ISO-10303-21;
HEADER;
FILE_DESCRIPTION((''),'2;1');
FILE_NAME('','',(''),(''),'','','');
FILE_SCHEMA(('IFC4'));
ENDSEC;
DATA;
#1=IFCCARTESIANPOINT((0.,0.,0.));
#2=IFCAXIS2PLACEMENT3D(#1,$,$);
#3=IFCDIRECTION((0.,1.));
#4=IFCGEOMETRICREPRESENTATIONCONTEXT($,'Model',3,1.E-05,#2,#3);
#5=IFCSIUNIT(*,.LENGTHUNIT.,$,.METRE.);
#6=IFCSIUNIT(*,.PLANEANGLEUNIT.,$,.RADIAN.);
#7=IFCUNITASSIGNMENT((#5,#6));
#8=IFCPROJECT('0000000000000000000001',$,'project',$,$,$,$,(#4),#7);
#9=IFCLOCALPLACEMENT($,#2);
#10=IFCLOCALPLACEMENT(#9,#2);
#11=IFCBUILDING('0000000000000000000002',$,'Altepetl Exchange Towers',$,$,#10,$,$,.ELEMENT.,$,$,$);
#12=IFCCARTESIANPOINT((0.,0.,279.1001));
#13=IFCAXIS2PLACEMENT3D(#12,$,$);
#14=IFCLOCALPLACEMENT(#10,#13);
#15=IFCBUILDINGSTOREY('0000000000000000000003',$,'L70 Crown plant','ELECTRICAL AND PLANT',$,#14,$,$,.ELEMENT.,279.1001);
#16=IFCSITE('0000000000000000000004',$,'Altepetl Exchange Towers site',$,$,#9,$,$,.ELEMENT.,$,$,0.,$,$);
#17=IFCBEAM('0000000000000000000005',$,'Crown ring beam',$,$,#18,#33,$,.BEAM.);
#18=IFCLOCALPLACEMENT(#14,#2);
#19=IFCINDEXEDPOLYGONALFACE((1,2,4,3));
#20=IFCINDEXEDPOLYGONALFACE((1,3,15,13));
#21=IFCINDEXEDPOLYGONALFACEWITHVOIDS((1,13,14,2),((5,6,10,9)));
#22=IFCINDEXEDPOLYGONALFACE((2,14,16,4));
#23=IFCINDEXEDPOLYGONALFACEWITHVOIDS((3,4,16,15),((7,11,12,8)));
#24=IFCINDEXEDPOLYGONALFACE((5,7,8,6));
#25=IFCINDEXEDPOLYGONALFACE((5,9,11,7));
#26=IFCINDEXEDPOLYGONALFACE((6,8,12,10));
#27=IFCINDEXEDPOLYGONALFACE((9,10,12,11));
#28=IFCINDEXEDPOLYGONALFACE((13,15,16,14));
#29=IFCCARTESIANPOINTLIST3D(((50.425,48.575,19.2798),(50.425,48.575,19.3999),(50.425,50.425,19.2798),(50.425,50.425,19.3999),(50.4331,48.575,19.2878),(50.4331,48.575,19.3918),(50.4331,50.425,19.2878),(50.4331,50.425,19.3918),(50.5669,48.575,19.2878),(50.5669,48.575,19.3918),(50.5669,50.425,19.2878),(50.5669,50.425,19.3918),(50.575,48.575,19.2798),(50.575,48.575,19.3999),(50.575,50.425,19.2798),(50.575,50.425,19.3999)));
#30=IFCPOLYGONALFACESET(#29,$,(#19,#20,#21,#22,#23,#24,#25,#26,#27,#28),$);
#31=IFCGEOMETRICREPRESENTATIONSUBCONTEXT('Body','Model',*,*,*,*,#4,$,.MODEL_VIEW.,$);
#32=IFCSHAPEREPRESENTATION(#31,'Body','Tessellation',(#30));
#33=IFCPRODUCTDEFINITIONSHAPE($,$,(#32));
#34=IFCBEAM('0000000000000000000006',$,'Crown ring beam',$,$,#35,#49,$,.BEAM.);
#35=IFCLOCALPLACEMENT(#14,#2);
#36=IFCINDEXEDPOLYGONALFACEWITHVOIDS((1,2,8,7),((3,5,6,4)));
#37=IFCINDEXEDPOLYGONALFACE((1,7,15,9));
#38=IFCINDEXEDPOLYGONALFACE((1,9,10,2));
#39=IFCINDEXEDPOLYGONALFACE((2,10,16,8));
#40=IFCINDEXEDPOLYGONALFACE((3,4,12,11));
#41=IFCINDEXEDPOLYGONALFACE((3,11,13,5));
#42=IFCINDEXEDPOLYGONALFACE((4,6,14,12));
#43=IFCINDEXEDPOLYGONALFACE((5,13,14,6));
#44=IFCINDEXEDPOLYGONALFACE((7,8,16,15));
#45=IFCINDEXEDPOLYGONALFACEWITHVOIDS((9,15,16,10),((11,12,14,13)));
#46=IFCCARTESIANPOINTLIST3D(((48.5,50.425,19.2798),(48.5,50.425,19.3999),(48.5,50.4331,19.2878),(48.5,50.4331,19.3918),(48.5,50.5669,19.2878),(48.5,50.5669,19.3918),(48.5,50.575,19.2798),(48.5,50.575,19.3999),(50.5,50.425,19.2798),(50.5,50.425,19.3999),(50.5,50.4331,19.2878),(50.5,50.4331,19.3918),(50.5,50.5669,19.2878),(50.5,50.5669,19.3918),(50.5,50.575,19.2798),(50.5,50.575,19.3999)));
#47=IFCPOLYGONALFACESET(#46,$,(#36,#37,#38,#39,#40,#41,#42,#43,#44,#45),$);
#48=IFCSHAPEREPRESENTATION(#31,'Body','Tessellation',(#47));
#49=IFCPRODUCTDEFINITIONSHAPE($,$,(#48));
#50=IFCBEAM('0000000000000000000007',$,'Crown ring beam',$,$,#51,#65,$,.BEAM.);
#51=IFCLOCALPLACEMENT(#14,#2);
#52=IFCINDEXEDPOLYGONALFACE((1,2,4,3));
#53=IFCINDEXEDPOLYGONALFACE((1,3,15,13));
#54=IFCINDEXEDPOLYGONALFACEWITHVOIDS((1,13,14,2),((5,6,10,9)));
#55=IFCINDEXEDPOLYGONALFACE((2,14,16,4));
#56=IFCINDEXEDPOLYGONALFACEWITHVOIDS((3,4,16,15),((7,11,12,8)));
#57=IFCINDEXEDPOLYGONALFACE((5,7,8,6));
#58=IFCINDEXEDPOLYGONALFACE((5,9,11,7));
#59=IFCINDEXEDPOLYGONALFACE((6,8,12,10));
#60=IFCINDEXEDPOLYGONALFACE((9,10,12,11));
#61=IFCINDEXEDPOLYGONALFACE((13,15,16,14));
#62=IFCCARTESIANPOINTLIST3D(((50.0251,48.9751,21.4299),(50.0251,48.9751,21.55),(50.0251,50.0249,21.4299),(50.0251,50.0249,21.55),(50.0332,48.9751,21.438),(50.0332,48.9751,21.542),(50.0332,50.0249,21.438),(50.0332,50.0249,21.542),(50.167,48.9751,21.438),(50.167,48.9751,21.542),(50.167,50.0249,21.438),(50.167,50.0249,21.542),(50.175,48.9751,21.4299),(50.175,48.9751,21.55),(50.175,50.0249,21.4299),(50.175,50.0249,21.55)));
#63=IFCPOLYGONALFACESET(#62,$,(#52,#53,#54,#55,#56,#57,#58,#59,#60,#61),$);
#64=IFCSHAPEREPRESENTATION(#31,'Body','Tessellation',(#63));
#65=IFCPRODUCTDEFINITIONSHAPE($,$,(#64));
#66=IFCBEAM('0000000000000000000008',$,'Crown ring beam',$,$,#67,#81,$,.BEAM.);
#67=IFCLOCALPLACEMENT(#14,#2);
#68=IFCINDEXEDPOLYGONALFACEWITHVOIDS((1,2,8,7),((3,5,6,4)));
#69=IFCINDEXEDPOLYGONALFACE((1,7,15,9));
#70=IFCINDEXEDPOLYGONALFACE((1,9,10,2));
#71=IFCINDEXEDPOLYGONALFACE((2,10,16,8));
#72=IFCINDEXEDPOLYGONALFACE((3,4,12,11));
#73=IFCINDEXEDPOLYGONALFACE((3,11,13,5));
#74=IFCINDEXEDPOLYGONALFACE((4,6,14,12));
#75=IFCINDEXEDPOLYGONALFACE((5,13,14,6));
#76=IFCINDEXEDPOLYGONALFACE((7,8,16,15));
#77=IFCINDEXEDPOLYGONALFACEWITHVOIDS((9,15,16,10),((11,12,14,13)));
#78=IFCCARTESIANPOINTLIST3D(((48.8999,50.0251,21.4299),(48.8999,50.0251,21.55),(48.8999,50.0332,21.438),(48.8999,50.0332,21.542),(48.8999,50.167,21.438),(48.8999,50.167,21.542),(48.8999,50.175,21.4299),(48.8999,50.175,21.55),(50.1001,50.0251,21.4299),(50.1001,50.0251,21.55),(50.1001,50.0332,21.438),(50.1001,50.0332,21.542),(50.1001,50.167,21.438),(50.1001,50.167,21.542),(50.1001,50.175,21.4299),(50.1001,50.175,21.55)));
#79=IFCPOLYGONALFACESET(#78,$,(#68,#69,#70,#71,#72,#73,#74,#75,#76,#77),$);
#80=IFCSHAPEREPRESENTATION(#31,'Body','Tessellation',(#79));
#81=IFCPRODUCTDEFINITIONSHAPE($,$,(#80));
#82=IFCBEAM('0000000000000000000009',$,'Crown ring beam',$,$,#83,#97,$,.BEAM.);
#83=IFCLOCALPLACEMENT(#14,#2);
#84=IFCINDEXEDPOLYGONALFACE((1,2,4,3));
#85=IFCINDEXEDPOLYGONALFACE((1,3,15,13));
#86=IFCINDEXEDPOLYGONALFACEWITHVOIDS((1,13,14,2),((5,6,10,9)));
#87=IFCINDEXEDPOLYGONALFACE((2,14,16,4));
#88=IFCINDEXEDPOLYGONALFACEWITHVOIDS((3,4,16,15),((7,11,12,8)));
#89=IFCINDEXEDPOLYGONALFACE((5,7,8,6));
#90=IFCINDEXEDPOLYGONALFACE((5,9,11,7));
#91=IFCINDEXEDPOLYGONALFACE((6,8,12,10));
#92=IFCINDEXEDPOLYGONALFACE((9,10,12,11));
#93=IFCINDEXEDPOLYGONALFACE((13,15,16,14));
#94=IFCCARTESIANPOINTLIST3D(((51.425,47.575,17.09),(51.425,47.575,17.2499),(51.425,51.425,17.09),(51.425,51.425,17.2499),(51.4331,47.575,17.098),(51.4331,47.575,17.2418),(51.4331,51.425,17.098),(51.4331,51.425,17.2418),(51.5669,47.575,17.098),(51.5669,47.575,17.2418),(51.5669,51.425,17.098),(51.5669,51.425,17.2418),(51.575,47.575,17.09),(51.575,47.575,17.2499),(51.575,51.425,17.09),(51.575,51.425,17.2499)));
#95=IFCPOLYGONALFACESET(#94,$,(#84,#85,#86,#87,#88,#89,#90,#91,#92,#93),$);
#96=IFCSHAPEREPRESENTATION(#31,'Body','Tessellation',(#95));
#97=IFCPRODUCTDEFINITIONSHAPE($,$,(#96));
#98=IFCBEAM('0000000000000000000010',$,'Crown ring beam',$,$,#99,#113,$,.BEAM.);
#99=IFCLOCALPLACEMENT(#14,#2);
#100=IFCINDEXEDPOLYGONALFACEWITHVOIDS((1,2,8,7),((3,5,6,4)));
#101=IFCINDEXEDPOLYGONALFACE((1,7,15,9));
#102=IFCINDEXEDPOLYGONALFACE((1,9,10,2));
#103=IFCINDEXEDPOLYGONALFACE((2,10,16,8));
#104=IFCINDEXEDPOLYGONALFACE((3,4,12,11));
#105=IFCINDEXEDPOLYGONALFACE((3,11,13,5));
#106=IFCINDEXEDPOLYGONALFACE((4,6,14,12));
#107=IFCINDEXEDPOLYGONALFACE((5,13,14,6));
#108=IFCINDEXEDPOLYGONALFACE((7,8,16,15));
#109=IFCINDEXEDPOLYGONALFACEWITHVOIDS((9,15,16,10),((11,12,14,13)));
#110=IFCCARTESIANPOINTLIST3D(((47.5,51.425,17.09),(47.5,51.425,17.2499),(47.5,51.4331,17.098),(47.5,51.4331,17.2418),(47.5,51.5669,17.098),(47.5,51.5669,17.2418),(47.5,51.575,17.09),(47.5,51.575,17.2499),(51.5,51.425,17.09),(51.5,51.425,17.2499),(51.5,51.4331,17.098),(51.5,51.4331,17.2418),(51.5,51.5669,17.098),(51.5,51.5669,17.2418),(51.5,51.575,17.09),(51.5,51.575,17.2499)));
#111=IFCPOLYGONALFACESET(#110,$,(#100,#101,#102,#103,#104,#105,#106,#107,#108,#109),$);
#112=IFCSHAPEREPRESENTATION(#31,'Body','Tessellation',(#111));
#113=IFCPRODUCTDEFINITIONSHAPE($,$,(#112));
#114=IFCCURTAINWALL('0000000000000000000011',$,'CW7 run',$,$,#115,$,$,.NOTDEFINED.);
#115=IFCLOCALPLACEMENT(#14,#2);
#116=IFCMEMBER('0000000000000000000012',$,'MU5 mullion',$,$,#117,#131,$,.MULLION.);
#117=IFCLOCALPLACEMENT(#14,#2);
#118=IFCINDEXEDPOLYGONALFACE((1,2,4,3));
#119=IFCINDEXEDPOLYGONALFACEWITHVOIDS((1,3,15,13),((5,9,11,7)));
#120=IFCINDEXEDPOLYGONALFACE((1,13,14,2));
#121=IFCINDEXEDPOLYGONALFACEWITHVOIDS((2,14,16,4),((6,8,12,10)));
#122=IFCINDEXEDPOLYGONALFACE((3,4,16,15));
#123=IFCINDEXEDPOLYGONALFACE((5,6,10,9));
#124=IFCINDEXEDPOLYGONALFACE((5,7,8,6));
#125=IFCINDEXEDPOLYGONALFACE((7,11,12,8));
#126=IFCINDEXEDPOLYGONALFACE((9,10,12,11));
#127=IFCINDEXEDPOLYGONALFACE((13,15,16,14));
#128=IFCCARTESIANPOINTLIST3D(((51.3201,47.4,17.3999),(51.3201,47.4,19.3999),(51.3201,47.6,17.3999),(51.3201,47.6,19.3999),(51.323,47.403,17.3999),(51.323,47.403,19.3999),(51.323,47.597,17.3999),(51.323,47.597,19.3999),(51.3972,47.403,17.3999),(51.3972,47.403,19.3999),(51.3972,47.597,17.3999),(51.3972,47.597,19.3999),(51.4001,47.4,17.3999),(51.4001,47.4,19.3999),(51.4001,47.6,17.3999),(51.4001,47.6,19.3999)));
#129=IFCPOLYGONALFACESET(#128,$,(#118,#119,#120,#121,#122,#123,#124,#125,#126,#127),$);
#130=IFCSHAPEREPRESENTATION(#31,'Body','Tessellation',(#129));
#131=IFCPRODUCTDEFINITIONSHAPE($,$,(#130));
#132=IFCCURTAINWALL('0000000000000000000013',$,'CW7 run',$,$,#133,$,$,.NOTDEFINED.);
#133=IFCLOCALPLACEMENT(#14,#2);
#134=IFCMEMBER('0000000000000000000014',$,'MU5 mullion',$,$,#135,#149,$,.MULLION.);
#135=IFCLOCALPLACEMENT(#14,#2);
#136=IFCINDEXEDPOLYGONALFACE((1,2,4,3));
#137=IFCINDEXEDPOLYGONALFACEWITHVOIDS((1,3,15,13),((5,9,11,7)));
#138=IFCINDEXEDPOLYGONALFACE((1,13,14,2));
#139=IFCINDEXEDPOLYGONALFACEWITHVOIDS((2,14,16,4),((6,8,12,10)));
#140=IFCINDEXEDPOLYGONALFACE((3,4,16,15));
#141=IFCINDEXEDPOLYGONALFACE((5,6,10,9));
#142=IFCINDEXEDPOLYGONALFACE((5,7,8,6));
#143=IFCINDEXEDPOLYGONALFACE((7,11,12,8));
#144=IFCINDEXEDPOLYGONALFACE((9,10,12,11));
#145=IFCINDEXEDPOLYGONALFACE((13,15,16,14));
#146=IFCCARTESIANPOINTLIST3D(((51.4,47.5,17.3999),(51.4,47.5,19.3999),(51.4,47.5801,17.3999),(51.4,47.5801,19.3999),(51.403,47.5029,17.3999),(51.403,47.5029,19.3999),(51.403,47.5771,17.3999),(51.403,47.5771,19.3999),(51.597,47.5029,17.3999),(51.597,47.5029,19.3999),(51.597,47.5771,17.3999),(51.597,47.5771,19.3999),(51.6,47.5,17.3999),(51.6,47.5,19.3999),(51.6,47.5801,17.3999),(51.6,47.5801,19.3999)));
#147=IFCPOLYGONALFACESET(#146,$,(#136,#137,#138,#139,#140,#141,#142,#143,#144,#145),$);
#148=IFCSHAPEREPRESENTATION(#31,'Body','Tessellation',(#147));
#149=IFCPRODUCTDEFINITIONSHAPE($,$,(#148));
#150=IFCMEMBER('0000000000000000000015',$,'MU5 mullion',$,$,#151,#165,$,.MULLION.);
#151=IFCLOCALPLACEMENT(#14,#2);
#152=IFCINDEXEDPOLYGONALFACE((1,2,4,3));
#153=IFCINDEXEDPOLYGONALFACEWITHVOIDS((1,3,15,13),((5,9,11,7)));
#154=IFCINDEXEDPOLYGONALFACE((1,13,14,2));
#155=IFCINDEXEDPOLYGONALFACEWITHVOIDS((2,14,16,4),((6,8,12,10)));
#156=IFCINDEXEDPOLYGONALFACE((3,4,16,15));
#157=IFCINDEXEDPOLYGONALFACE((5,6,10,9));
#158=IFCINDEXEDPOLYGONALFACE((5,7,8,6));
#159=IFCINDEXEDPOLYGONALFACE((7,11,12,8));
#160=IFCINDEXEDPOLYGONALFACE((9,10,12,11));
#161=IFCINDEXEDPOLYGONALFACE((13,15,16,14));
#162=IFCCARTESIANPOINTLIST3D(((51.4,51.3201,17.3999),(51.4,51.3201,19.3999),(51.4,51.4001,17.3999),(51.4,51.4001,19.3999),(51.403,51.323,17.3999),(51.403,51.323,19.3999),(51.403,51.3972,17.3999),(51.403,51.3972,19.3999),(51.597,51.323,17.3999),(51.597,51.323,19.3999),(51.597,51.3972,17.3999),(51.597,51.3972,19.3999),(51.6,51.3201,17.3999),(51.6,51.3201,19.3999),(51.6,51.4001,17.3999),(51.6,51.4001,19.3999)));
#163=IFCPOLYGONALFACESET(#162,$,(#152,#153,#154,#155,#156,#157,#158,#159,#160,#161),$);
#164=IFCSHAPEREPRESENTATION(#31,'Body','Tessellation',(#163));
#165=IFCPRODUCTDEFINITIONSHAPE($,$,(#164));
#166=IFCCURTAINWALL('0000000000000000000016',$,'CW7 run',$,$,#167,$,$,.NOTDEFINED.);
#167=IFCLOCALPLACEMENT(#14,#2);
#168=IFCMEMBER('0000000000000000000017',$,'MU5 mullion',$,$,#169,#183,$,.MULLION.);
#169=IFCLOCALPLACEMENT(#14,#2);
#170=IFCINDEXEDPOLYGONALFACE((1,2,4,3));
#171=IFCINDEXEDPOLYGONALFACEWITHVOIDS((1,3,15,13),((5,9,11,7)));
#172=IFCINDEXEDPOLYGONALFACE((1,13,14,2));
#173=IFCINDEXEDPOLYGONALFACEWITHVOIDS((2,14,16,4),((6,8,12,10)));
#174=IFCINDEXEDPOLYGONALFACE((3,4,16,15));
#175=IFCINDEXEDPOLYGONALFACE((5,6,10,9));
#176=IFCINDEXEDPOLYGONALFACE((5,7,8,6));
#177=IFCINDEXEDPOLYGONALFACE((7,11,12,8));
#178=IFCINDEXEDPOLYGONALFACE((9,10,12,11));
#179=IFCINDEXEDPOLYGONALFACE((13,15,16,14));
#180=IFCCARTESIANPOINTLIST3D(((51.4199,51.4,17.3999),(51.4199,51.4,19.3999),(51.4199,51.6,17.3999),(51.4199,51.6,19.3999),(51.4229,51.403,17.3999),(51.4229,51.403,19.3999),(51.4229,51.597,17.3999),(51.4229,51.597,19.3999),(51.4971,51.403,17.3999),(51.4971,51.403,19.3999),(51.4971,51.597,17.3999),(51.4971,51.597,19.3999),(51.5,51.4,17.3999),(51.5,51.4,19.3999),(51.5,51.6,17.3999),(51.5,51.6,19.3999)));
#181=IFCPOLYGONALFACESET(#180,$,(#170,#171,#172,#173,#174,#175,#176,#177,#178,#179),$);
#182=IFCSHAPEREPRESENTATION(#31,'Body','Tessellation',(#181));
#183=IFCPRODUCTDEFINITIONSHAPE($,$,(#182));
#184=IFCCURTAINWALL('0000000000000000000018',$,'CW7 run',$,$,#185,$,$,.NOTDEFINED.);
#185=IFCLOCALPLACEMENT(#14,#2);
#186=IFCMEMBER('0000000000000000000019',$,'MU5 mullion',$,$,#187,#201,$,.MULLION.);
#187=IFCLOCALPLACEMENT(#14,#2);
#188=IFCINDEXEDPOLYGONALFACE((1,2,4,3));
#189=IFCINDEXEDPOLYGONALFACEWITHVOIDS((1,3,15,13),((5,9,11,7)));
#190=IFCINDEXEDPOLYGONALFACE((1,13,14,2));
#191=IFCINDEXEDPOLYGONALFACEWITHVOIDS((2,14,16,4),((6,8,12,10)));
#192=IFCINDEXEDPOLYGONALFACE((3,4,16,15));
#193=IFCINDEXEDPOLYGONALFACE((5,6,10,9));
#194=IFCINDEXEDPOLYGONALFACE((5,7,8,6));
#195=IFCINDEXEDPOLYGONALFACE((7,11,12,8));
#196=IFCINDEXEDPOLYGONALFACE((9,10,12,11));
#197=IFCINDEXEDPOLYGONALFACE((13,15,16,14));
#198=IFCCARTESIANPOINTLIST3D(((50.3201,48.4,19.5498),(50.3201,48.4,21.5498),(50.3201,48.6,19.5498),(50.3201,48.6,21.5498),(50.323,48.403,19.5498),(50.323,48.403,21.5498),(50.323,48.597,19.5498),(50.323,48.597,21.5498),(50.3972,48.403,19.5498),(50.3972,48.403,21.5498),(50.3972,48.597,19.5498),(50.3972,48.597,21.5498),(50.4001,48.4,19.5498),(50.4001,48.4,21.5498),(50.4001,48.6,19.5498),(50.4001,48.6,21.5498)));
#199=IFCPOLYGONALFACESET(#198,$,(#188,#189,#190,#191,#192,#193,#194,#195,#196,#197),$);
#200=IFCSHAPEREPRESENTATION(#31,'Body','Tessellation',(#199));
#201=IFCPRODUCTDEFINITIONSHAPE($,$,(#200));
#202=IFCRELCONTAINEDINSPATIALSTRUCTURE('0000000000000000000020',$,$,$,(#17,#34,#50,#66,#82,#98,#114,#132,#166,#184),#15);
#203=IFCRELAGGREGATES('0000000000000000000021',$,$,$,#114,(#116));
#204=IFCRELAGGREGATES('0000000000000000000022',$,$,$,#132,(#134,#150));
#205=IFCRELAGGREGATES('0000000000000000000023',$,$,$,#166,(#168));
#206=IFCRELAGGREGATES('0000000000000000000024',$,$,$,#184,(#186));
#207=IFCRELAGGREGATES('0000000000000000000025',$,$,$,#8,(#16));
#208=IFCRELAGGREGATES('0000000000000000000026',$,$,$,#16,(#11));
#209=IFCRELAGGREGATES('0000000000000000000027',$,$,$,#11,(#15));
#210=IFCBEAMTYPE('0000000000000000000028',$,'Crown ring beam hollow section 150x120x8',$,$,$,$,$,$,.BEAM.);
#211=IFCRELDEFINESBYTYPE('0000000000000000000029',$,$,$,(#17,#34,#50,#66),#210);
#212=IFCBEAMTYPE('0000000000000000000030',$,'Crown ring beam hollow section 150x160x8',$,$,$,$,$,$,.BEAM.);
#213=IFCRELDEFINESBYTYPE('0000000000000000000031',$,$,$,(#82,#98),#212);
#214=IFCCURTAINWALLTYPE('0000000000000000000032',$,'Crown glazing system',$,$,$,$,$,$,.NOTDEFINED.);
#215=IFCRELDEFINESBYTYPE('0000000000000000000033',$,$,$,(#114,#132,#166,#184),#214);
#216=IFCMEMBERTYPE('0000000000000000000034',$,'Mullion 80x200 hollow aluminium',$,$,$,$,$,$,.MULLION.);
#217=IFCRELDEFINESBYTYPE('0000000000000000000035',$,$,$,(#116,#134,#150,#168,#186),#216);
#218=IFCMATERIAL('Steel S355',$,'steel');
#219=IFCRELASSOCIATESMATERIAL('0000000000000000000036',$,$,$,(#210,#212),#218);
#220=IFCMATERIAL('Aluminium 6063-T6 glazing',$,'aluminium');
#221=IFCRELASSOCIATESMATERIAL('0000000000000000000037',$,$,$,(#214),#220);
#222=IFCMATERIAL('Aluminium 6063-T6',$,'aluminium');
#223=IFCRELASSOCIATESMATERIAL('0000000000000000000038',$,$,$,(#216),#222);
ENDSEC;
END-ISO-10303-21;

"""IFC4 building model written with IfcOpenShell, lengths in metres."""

from ifc_helpers import new_model, si_unit, direction, frame, origin, origin_2d, place, context, subcontext, project, spatial, hollow_rectangle, extrude, material, material_profile, profile_set, type_object, element, aggregate, save


model = new_model("IFC4")

# Units and contexts
model_context = context("Model", 3, precision=1e-05, world=origin(), true_north=direction((0.0, 1.0)))
body_context = subcontext(model_context, "Body", "Model", "MODEL_VIEW")
ifc_project = project(units=[si_unit("LENGTHUNIT", "METRE"), si_unit("PLANEANGLEUNIT", "RADIAN")], contexts=[model_context])

# Site, building, storey
site_placement = place(None, origin())
site = spatial("IfcSite", under=ifc_project, at=site_placement, Name="Altepetl Exchange Towers site", CompositionType="ELEMENT", RefElevation=0.0)
building_placement = place(site_placement, origin())
building = spatial("IfcBuilding", under=site, at=building_placement, Name="Altepetl Exchange Towers", CompositionType="ELEMENT")
storey_placement = place(building_placement, frame((0.0, 0.0, 279.1001)))
storey = spatial("IfcBuildingStorey", under=building, at=storey_placement, Name="L70 Crown plant", Description="ELECTRICAL AND PLANT", CompositionType="ELEMENT", Elevation=279.1001)

# Beams
ifc_material_1 = material(Name="Steel S355", Category="steel")
ifc_material_profile_1 = material_profile(ifc_material_1, hollow_rectangle(XDim=0.1499, YDim=0.1201, WallThickness=0.0081, at=origin_2d()), Name="RHS 120x150x8")
ifc_profile_set_1 = profile_set([ifc_material_profile_1], Name="Steel S355")
beam_type_1 = type_object("IfcBeamType", Name="Crown ring beam hollow section 150x120x8", PredefinedType="BEAM", material=ifc_profile_set_1)
beam_1_placement = place(storey_placement, frame((50.5, 48.575, 19.3398), z_axis=(0.0, 1.0, 0.0), x_axis=(-1.0, 0.0, 0.0)))
element("IfcBeam", 1, at=beam_1_placement, inside=storey, type_object=beam_type_1, Name="Crown ring beam", PredefinedType="BEAM", context=body_context, shape_type="SweptSolid", body=[
    extrude(hollow_rectangle(XDim=0.1499, YDim=0.1201, WallThickness=0.0081, at=origin_2d()), origin(), (0.0, 0.0, 1.0), 1.8501),
])
beam_2_placement = place(storey_placement, frame((50.5, 50.5, 19.3398), z_axis=(-1.0, 0.0, 0.0), x_axis=(0.0, -1.0, 0.0)))
element("IfcBeam", 2, at=beam_2_placement, inside=storey, type_object=beam_type_1, Name="Crown ring beam", PredefinedType="BEAM", context=body_context, shape_type="SweptSolid", body=[
    extrude(hollow_rectangle(XDim=0.1499, YDim=0.1201, WallThickness=0.0081, at=origin_2d()), origin(), (0.0, 0.0, 1.0), 2.0),
])
beam_3_placement = place(storey_placement, frame((50.1001, 48.9751, 21.49), z_axis=(0.0, 1.0, 0.0), x_axis=(-1.0, 0.0, 0.0)))
element("IfcBeam", 3, at=beam_3_placement, inside=storey, type_object=beam_type_1, Name="Crown ring beam", PredefinedType="BEAM", context=body_context, shape_type="SweptSolid", body=[
    extrude(hollow_rectangle(XDim=0.1499, YDim=0.1201, WallThickness=0.0081, at=origin_2d()), origin(), (0.0, 0.0, 1.0), 1.0498),
])
beam_4_placement = place(storey_placement, frame((50.1001, 50.1001, 21.49), z_axis=(-1.0, 0.0, 0.0), x_axis=(0.0, -1.0, 0.0)))
element("IfcBeam", 4, at=beam_4_placement, inside=storey, type_object=beam_type_1, Name="Crown ring beam", PredefinedType="BEAM", context=body_context, shape_type="SweptSolid", body=[
    extrude(hollow_rectangle(XDim=0.1499, YDim=0.1201, WallThickness=0.0081, at=origin_2d()), origin(), (0.0, 0.0, 1.0), 1.2002),
])
ifc_material_profile_2 = material_profile(ifc_material_1, hollow_rectangle(XDim=0.1499, YDim=0.1599, WallThickness=0.0081, at=origin_2d()), Name="RHS 160x150x8")
ifc_profile_set_2 = profile_set([ifc_material_profile_2], Name="Steel S355")
beam_type_2 = type_object("IfcBeamType", Name="Crown ring beam hollow section 150x160x8", PredefinedType="BEAM", material=ifc_profile_set_2)
beam_5_placement = place(storey_placement, frame((51.5, 47.575, 17.1699), z_axis=(0.0, 1.0, 0.0), x_axis=(-1.0, 0.0, 0.0)))
element("IfcBeam", 5, at=beam_5_placement, inside=storey, type_object=beam_type_2, Name="Crown ring beam", PredefinedType="BEAM", context=body_context, shape_type="SweptSolid", body=[
    extrude(hollow_rectangle(XDim=0.1499, YDim=0.1599, WallThickness=0.0081, at=origin_2d()), origin(), (0.0, 0.0, 1.0), 3.8501),
])
beam_6_placement = place(storey_placement, frame((51.5, 51.5, 17.1699), z_axis=(-1.0, 0.0, 0.0), x_axis=(0.0, -1.0, 0.0)))
element("IfcBeam", 6, at=beam_6_placement, inside=storey, type_object=beam_type_2, Name="Crown ring beam", PredefinedType="BEAM", context=body_context, shape_type="SweptSolid", body=[
    extrude(hollow_rectangle(XDim=0.1499, YDim=0.1599, WallThickness=0.0081, at=origin_2d()), origin(), (0.0, 0.0, 1.0), 4.0),
])

# Curtain wall, member
ifc_material_2 = material(Name="Aluminium 6063-T6 glazing", Category="aluminium")
curtain_wall_type = type_object("IfcCurtainWallType", Name="Crown glazing system", PredefinedType="NOTDEFINED", material=ifc_material_2)
curtain_wall_1_placement = place(storey_placement, origin())
curtain_wall_1 = element("IfcCurtainWall", 7, at=curtain_wall_1_placement, inside=storey, type_object=curtain_wall_type, Name="CW7 run", PredefinedType="NOTDEFINED")
ifc_material_3 = material(Name="Aluminium 6063-T6", Category="aluminium")
ifc_material_profile_3 = material_profile(ifc_material_3, hollow_rectangle(XDim=0.0801, YDim=0.2, WallThickness=0.0029, at=origin_2d()), Name="Mullion 80x200 hollow aluminium")
ifc_profile_set_3 = profile_set([ifc_material_profile_3], Name="Aluminium 6063-T6")
member_type = type_object("IfcMemberType", Name="Mullion 80x200 hollow aluminium", PredefinedType="MULLION", material=ifc_profile_set_3)
member_1_placement = place(storey_placement, frame((51.3601, 47.5, 17.3999)))
member_1 = element("IfcMember", 8, at=member_1_placement, type_object=member_type, Name="MU5 mullion", PredefinedType="MULLION", context=body_context, shape_type="SweptSolid", body=[
    extrude(hollow_rectangle(XDim=0.0801, YDim=0.2, WallThickness=0.0029, at=origin_2d()), origin(), (0.0, 0.0, 1.0), 2.0),
])

# Curtain wall, members
curtain_wall_2_placement = place(storey_placement, origin())
curtain_wall_2 = element("IfcCurtainWall", 9, at=curtain_wall_2_placement, inside=storey, type_object=curtain_wall_type, Name="CW7 run", PredefinedType="NOTDEFINED")
member_2_placement = place(storey_placement, frame((51.5, 47.54, 17.3999), z_axis=(0.0, 0.0, 1.0), x_axis=(0.0, 1.0, 0.0)))
member_2 = element("IfcMember", 10, at=member_2_placement, type_object=member_type, Name="MU5 mullion", PredefinedType="MULLION", context=body_context, shape_type="SweptSolid", body=[
    extrude(hollow_rectangle(XDim=0.0801, YDim=0.2, WallThickness=0.0029, at=origin_2d()), origin(), (0.0, 0.0, 1.0), 2.0),
])
member_3_placement = place(storey_placement, frame((51.5, 51.3601, 17.3999), z_axis=(0.0, 0.0, 1.0), x_axis=(0.0, 1.0, 0.0)))
member_3 = element("IfcMember", 11, at=member_3_placement, type_object=member_type, Name="MU5 mullion", PredefinedType="MULLION", context=body_context, shape_type="SweptSolid", body=[
    extrude(hollow_rectangle(XDim=0.0801, YDim=0.2, WallThickness=0.0029, at=origin_2d()), origin(), (0.0, 0.0, 1.0), 2.0),
])

# Curtain walls, members
curtain_wall_3_placement = place(storey_placement, origin())
curtain_wall_3 = element("IfcCurtainWall", 12, at=curtain_wall_3_placement, inside=storey, type_object=curtain_wall_type, Name="CW7 run", PredefinedType="NOTDEFINED")
member_4_placement = place(storey_placement, frame((51.46, 51.5, 17.3999), z_axis=(0.0, 0.0, 1.0), x_axis=(-1.0, 0.0, 0.0)))
member_4 = element("IfcMember", 13, at=member_4_placement, type_object=member_type, Name="MU5 mullion", PredefinedType="MULLION", context=body_context, shape_type="SweptSolid", body=[
    extrude(hollow_rectangle(XDim=0.0801, YDim=0.2, WallThickness=0.0029, at=origin_2d()), origin(), (0.0, 0.0, 1.0), 2.0),
])
curtain_wall_4_placement = place(storey_placement, origin())
curtain_wall_4 = element("IfcCurtainWall", 14, at=curtain_wall_4_placement, inside=storey, type_object=curtain_wall_type, Name="CW7 run", PredefinedType="NOTDEFINED")
member_5_placement = place(storey_placement, frame((50.3601, 48.5, 19.5498)))
member_5 = element("IfcMember", 15, at=member_5_placement, type_object=member_type, Name="MU5 mullion", PredefinedType="MULLION", context=body_context, shape_type="SweptSolid", body=[
    extrude(hollow_rectangle(XDim=0.0801, YDim=0.2, WallThickness=0.0029, at=origin_2d()), origin(), (0.0, 0.0, 1.0), 2.0),
])

aggregate(curtain_wall_1, [member_1])
aggregate(curtain_wall_2, [member_2, member_3])
aggregate(curtain_wall_3, [member_4])
aggregate(curtain_wall_4, [member_5])

save(model, "model.ifc")
